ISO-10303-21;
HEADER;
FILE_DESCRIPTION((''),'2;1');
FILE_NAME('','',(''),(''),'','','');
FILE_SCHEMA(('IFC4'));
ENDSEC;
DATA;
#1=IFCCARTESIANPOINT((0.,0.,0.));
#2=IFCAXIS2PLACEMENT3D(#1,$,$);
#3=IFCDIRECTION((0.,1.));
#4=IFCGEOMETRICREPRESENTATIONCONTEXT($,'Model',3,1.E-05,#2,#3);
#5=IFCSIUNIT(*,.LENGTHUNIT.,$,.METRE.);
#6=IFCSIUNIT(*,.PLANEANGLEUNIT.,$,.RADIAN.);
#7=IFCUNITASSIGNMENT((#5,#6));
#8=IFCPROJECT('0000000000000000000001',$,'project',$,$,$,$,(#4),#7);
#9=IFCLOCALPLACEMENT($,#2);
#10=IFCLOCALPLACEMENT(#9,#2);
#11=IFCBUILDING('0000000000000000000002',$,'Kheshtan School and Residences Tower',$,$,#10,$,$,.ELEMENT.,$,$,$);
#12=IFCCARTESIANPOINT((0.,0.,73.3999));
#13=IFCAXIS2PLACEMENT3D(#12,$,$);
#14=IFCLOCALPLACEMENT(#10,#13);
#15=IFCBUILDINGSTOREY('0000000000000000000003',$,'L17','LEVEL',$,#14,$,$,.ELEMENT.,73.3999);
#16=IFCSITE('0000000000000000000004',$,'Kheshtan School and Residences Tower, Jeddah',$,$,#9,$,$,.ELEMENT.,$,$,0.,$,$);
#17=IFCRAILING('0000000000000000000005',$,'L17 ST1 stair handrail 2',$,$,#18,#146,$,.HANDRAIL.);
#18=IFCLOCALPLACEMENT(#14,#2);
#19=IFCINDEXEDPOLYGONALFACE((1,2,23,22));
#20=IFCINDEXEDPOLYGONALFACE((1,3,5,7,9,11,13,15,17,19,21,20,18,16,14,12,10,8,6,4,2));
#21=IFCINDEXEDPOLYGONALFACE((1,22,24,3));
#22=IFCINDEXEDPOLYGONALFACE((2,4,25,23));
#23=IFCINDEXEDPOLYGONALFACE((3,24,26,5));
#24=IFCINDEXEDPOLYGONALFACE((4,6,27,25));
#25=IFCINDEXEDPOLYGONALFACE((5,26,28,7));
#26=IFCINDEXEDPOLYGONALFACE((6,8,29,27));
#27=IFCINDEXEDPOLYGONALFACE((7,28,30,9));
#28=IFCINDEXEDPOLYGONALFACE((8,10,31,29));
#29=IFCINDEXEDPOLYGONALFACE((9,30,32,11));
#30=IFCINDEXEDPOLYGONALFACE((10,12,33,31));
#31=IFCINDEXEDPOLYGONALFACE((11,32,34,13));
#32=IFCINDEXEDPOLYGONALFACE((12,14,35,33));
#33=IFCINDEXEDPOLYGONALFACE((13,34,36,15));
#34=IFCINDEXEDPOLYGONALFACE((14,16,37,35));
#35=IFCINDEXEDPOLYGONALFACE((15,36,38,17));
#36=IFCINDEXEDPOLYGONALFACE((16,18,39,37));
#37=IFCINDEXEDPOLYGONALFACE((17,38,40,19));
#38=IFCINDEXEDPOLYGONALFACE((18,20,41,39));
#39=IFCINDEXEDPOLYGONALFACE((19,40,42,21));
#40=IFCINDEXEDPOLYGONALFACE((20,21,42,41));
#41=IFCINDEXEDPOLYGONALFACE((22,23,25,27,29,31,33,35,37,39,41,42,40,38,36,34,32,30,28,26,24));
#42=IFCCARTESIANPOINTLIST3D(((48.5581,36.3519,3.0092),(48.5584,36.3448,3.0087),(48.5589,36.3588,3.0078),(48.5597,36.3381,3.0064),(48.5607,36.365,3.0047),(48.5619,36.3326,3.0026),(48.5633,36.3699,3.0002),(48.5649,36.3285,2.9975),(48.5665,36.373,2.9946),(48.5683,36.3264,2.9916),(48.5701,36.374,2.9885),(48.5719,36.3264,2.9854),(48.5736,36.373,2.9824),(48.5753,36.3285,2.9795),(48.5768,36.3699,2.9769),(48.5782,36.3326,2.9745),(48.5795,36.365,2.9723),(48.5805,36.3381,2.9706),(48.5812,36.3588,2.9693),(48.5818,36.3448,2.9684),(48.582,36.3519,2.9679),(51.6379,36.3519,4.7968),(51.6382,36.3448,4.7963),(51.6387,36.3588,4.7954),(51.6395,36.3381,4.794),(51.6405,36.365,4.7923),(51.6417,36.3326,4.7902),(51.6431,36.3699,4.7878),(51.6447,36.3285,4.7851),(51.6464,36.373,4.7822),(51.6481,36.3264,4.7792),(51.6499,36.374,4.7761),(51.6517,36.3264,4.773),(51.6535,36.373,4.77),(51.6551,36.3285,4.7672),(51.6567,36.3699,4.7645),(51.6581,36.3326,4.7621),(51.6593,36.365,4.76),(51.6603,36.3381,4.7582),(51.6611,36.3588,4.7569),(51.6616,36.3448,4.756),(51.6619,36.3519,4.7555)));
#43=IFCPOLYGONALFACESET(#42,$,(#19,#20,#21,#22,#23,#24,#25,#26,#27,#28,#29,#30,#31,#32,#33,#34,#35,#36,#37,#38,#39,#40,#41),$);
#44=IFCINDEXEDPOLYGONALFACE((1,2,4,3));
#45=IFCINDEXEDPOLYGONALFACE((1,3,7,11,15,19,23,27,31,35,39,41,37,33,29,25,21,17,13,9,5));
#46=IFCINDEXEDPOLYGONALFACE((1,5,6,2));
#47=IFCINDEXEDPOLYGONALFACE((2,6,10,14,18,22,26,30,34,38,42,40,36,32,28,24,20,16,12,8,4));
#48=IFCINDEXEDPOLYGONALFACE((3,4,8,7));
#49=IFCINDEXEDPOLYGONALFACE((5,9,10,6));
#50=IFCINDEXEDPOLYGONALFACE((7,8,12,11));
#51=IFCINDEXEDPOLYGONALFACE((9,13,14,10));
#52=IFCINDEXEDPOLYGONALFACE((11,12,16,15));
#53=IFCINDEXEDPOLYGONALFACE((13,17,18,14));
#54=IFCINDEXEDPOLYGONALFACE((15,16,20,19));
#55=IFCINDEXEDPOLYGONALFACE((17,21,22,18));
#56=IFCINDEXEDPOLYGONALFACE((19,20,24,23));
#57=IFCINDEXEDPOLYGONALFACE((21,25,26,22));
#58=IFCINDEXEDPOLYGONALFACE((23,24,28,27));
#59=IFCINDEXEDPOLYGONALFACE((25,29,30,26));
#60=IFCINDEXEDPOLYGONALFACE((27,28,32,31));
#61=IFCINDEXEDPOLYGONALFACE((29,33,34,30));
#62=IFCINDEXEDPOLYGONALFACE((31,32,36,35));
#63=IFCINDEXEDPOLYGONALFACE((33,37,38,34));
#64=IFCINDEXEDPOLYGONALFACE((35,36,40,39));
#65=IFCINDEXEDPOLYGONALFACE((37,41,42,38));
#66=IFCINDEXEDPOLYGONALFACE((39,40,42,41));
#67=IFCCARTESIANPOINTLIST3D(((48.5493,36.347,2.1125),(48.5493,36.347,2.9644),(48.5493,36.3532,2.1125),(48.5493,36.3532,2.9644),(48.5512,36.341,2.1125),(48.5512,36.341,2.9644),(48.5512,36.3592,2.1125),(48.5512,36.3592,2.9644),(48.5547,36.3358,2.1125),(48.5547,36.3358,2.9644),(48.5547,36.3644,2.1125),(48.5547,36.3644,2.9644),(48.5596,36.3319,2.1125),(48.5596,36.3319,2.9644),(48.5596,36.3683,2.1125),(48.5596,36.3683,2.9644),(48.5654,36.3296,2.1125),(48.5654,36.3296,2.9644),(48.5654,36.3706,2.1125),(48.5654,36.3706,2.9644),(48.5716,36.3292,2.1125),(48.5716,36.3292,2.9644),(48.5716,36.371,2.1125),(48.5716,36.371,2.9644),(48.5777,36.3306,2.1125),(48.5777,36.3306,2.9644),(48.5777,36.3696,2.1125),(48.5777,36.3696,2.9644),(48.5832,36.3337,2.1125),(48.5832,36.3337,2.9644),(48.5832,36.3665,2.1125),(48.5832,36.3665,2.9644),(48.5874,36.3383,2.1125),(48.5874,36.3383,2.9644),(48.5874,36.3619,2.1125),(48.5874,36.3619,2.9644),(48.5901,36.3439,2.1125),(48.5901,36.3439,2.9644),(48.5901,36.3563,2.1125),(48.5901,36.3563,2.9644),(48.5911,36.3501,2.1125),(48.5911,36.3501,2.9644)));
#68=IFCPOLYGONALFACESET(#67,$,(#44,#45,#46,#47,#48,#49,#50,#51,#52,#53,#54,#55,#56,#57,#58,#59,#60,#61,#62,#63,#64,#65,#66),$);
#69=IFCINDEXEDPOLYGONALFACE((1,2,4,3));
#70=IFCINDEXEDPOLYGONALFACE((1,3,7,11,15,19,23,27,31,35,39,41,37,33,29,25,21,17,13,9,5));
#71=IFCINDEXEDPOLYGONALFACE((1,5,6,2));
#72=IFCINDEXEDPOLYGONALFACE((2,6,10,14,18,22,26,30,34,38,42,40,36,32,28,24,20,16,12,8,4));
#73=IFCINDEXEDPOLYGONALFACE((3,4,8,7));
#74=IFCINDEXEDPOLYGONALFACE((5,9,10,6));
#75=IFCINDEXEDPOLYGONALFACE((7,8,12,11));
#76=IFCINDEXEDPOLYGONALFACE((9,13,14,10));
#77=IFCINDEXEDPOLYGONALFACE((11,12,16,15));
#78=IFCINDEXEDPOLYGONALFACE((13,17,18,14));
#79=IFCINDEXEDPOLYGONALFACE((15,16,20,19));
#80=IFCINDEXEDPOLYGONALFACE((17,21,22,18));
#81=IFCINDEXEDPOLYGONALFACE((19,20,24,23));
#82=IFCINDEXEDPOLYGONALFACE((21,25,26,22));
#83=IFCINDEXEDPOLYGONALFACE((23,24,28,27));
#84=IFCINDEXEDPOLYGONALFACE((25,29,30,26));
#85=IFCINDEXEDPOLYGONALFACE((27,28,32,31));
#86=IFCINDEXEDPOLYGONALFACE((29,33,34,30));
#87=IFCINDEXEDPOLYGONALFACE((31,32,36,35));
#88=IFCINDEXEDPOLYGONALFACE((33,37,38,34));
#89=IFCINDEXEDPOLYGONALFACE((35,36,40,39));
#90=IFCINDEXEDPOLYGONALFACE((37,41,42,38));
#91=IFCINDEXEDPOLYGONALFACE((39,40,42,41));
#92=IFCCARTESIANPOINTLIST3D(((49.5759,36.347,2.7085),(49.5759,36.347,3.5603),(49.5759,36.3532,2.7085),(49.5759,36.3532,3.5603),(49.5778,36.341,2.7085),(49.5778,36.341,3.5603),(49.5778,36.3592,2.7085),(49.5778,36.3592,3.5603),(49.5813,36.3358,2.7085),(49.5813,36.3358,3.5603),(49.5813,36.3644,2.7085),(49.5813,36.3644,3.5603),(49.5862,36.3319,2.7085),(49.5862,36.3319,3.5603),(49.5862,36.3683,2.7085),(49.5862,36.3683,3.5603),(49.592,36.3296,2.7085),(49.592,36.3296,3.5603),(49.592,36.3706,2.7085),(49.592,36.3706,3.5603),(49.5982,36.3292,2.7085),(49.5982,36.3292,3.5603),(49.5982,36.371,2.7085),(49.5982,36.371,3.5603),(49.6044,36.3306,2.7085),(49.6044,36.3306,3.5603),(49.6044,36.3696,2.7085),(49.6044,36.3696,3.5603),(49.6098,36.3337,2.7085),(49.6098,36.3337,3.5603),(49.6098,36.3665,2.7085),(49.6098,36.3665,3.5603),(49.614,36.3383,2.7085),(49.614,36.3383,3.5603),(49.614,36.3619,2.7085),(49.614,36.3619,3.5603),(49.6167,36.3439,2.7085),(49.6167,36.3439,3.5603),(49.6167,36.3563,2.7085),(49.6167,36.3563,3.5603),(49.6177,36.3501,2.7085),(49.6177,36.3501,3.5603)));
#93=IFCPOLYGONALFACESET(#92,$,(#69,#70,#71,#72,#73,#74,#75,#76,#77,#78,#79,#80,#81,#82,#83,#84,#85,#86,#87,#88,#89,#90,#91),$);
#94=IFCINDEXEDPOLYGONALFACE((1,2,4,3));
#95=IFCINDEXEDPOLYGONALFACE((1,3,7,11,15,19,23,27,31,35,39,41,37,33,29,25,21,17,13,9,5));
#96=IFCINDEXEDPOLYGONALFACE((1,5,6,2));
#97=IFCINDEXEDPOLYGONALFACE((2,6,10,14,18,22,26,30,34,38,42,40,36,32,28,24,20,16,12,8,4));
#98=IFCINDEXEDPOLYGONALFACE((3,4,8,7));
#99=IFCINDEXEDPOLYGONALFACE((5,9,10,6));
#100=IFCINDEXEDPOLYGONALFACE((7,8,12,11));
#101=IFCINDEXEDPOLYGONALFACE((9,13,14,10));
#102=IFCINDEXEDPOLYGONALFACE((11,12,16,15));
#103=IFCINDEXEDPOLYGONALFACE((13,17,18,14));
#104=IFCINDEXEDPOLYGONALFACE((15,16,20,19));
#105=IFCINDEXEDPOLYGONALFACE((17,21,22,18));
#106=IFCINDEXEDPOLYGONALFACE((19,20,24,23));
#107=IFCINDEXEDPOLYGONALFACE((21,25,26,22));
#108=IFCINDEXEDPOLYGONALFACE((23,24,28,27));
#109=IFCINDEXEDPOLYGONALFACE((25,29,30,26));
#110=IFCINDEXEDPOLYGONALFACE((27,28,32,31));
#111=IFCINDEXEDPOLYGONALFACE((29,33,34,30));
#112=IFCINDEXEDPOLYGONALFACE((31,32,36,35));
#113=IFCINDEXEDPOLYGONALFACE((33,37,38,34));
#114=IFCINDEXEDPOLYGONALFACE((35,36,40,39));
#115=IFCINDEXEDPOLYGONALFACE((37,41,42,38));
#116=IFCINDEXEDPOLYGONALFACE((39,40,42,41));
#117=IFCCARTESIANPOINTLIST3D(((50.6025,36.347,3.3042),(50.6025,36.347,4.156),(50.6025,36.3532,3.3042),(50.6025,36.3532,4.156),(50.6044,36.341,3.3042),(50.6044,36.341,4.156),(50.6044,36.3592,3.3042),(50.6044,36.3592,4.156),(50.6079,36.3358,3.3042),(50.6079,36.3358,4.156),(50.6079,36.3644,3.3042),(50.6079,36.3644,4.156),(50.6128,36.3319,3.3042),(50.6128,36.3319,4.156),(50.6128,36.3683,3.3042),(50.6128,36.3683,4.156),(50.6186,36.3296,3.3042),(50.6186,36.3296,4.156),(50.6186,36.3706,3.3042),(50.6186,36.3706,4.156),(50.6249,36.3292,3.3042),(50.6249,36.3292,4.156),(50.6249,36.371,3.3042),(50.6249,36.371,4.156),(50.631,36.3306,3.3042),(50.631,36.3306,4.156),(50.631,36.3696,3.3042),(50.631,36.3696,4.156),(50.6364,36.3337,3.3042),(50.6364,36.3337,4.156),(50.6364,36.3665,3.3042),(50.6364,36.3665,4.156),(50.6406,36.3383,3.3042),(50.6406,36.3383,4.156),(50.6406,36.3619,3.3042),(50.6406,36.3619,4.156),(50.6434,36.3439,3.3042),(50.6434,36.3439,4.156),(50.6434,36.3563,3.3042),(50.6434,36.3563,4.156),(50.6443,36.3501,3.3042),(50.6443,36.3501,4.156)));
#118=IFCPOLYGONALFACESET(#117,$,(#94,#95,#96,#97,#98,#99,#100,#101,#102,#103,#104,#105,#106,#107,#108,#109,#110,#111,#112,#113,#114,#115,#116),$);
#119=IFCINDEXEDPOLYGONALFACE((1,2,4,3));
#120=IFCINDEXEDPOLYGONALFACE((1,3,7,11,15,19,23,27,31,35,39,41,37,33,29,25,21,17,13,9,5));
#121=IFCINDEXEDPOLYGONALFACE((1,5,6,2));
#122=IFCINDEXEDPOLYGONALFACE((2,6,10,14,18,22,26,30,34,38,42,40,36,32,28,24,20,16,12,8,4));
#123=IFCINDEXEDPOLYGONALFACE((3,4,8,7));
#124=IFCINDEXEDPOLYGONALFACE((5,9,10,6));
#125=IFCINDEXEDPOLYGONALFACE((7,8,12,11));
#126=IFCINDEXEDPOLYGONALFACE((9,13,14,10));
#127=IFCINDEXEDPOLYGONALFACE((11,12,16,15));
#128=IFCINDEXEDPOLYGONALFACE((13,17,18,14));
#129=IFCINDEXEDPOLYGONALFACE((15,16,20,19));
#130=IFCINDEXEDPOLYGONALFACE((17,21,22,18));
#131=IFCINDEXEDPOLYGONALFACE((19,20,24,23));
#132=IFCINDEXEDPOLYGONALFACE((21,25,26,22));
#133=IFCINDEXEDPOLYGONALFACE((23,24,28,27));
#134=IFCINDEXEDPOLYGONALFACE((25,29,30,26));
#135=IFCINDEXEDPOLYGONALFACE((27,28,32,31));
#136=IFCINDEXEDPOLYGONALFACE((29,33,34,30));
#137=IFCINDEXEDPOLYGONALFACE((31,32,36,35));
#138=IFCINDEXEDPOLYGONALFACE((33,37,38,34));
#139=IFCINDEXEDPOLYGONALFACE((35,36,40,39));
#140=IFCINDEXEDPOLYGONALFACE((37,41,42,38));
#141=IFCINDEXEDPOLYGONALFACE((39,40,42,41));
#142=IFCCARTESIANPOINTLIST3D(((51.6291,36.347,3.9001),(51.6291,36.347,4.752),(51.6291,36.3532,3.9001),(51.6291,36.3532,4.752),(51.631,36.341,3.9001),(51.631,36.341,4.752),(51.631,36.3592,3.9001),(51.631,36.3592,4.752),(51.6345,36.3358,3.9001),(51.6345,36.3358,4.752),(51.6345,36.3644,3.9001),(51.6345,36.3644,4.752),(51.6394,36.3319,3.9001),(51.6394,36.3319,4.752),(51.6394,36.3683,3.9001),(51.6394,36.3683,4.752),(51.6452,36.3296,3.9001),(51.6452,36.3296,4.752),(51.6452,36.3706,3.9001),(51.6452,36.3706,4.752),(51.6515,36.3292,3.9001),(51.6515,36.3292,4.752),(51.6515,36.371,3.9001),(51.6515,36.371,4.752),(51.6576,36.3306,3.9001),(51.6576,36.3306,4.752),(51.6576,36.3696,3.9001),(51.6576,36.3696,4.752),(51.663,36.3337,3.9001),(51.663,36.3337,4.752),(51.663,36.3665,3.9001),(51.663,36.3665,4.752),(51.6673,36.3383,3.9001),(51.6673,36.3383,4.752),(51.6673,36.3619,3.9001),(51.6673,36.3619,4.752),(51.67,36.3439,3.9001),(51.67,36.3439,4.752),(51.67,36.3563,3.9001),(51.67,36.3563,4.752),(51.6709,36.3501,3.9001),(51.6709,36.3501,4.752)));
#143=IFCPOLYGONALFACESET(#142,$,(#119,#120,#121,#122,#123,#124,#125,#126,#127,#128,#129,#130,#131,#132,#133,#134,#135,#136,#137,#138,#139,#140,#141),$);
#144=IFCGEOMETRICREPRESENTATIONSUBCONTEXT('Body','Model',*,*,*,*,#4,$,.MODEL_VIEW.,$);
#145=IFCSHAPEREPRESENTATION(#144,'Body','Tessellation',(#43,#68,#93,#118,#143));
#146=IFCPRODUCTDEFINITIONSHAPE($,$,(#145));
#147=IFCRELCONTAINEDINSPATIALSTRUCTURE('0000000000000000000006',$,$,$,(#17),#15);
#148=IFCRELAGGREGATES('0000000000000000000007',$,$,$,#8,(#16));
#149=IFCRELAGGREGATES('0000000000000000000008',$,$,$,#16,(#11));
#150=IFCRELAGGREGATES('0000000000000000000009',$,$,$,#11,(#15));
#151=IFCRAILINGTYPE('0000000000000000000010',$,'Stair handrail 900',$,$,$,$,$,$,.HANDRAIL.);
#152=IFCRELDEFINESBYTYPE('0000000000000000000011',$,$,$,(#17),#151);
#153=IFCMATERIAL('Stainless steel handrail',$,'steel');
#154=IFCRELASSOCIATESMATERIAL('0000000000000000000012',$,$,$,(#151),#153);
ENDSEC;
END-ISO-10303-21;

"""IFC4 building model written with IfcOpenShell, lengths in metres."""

from ifc_helpers import new_model, si_unit, direction, frame, origin, origin_2d, place, context, subcontext, project, spatial, circle, extrude, material, type_object, element, save


model = new_model("IFC4")

# Units and contexts
model_context = context("Model", 3, precision=1e-05, world=origin(), true_north=direction((0.0, 1.0)))
body_context = subcontext(model_context, "Body", "Model", "MODEL_VIEW")
ifc_project = project(units=[si_unit("LENGTHUNIT", "METRE"), si_unit("PLANEANGLEUNIT", "RADIAN")], contexts=[model_context])

# Site, building, storey
site_placement = place(None, origin())
site = spatial("IfcSite", under=ifc_project, at=site_placement, Name="Kheshtan School and Residences Tower, Jeddah", CompositionType="ELEMENT", RefElevation=0.0)
building_placement = place(site_placement, origin())
building = spatial("IfcBuilding", under=site, at=building_placement, Name="Kheshtan School and Residences Tower", CompositionType="ELEMENT")
storey_placement = place(building_placement, frame((0.0, 0.0, 73.3999)))
storey = spatial("IfcBuildingStorey", under=building, at=storey_placement, Name="L17", Description="LEVEL", CompositionType="ELEMENT", Elevation=73.3999)

# Railing
ifc_material_1 = material(Name="Stainless steel handrail", Category="steel")
railing_type_1 = type_object("IfcRailingType", Name="Stair handrail 900", PredefinedType="HANDRAIL", material=ifc_material_1)
railing_1_placement = place(storey_placement, frame((48.5701, 36.3501, 2.1125)))
element("IfcRailing", 1, at=railing_1_placement, inside=storey, type_object=railing_type_1, Name="L17 ST1 stair handrail 2", PredefinedType="HANDRAIL", context=body_context, shape_type="SweptSolid", body=[
    extrude(circle(Radius=0.0239, at=origin_2d()), frame((0.0, 0.0, 0.876), z_axis=(0.864873, 0.0, 0.50199), x_axis=(0.0, 1.0, 0.0)), (0.0, 0.0, 1.0), 3.561),
    extrude(circle(Radius=0.021, at=origin_2d()), origin(), (0.0, 0.0, 1.0), 0.8518),
    extrude(circle(Radius=0.021, at=origin_2d()), frame((1.0266, 0.0, 0.5959)), (0.0, 0.0, 1.0), 0.8518),
    extrude(circle(Radius=0.021, at=origin_2d()), frame((2.0532, 0.0, 1.1917)), (0.0, 0.0, 1.0), 0.8518),
    extrude(circle(Radius=0.021, at=origin_2d()), frame((3.0798, 0.0, 1.7876)), (0.0, 0.0, 1.0), 0.8518),
])

save(model, "model.ifc")
